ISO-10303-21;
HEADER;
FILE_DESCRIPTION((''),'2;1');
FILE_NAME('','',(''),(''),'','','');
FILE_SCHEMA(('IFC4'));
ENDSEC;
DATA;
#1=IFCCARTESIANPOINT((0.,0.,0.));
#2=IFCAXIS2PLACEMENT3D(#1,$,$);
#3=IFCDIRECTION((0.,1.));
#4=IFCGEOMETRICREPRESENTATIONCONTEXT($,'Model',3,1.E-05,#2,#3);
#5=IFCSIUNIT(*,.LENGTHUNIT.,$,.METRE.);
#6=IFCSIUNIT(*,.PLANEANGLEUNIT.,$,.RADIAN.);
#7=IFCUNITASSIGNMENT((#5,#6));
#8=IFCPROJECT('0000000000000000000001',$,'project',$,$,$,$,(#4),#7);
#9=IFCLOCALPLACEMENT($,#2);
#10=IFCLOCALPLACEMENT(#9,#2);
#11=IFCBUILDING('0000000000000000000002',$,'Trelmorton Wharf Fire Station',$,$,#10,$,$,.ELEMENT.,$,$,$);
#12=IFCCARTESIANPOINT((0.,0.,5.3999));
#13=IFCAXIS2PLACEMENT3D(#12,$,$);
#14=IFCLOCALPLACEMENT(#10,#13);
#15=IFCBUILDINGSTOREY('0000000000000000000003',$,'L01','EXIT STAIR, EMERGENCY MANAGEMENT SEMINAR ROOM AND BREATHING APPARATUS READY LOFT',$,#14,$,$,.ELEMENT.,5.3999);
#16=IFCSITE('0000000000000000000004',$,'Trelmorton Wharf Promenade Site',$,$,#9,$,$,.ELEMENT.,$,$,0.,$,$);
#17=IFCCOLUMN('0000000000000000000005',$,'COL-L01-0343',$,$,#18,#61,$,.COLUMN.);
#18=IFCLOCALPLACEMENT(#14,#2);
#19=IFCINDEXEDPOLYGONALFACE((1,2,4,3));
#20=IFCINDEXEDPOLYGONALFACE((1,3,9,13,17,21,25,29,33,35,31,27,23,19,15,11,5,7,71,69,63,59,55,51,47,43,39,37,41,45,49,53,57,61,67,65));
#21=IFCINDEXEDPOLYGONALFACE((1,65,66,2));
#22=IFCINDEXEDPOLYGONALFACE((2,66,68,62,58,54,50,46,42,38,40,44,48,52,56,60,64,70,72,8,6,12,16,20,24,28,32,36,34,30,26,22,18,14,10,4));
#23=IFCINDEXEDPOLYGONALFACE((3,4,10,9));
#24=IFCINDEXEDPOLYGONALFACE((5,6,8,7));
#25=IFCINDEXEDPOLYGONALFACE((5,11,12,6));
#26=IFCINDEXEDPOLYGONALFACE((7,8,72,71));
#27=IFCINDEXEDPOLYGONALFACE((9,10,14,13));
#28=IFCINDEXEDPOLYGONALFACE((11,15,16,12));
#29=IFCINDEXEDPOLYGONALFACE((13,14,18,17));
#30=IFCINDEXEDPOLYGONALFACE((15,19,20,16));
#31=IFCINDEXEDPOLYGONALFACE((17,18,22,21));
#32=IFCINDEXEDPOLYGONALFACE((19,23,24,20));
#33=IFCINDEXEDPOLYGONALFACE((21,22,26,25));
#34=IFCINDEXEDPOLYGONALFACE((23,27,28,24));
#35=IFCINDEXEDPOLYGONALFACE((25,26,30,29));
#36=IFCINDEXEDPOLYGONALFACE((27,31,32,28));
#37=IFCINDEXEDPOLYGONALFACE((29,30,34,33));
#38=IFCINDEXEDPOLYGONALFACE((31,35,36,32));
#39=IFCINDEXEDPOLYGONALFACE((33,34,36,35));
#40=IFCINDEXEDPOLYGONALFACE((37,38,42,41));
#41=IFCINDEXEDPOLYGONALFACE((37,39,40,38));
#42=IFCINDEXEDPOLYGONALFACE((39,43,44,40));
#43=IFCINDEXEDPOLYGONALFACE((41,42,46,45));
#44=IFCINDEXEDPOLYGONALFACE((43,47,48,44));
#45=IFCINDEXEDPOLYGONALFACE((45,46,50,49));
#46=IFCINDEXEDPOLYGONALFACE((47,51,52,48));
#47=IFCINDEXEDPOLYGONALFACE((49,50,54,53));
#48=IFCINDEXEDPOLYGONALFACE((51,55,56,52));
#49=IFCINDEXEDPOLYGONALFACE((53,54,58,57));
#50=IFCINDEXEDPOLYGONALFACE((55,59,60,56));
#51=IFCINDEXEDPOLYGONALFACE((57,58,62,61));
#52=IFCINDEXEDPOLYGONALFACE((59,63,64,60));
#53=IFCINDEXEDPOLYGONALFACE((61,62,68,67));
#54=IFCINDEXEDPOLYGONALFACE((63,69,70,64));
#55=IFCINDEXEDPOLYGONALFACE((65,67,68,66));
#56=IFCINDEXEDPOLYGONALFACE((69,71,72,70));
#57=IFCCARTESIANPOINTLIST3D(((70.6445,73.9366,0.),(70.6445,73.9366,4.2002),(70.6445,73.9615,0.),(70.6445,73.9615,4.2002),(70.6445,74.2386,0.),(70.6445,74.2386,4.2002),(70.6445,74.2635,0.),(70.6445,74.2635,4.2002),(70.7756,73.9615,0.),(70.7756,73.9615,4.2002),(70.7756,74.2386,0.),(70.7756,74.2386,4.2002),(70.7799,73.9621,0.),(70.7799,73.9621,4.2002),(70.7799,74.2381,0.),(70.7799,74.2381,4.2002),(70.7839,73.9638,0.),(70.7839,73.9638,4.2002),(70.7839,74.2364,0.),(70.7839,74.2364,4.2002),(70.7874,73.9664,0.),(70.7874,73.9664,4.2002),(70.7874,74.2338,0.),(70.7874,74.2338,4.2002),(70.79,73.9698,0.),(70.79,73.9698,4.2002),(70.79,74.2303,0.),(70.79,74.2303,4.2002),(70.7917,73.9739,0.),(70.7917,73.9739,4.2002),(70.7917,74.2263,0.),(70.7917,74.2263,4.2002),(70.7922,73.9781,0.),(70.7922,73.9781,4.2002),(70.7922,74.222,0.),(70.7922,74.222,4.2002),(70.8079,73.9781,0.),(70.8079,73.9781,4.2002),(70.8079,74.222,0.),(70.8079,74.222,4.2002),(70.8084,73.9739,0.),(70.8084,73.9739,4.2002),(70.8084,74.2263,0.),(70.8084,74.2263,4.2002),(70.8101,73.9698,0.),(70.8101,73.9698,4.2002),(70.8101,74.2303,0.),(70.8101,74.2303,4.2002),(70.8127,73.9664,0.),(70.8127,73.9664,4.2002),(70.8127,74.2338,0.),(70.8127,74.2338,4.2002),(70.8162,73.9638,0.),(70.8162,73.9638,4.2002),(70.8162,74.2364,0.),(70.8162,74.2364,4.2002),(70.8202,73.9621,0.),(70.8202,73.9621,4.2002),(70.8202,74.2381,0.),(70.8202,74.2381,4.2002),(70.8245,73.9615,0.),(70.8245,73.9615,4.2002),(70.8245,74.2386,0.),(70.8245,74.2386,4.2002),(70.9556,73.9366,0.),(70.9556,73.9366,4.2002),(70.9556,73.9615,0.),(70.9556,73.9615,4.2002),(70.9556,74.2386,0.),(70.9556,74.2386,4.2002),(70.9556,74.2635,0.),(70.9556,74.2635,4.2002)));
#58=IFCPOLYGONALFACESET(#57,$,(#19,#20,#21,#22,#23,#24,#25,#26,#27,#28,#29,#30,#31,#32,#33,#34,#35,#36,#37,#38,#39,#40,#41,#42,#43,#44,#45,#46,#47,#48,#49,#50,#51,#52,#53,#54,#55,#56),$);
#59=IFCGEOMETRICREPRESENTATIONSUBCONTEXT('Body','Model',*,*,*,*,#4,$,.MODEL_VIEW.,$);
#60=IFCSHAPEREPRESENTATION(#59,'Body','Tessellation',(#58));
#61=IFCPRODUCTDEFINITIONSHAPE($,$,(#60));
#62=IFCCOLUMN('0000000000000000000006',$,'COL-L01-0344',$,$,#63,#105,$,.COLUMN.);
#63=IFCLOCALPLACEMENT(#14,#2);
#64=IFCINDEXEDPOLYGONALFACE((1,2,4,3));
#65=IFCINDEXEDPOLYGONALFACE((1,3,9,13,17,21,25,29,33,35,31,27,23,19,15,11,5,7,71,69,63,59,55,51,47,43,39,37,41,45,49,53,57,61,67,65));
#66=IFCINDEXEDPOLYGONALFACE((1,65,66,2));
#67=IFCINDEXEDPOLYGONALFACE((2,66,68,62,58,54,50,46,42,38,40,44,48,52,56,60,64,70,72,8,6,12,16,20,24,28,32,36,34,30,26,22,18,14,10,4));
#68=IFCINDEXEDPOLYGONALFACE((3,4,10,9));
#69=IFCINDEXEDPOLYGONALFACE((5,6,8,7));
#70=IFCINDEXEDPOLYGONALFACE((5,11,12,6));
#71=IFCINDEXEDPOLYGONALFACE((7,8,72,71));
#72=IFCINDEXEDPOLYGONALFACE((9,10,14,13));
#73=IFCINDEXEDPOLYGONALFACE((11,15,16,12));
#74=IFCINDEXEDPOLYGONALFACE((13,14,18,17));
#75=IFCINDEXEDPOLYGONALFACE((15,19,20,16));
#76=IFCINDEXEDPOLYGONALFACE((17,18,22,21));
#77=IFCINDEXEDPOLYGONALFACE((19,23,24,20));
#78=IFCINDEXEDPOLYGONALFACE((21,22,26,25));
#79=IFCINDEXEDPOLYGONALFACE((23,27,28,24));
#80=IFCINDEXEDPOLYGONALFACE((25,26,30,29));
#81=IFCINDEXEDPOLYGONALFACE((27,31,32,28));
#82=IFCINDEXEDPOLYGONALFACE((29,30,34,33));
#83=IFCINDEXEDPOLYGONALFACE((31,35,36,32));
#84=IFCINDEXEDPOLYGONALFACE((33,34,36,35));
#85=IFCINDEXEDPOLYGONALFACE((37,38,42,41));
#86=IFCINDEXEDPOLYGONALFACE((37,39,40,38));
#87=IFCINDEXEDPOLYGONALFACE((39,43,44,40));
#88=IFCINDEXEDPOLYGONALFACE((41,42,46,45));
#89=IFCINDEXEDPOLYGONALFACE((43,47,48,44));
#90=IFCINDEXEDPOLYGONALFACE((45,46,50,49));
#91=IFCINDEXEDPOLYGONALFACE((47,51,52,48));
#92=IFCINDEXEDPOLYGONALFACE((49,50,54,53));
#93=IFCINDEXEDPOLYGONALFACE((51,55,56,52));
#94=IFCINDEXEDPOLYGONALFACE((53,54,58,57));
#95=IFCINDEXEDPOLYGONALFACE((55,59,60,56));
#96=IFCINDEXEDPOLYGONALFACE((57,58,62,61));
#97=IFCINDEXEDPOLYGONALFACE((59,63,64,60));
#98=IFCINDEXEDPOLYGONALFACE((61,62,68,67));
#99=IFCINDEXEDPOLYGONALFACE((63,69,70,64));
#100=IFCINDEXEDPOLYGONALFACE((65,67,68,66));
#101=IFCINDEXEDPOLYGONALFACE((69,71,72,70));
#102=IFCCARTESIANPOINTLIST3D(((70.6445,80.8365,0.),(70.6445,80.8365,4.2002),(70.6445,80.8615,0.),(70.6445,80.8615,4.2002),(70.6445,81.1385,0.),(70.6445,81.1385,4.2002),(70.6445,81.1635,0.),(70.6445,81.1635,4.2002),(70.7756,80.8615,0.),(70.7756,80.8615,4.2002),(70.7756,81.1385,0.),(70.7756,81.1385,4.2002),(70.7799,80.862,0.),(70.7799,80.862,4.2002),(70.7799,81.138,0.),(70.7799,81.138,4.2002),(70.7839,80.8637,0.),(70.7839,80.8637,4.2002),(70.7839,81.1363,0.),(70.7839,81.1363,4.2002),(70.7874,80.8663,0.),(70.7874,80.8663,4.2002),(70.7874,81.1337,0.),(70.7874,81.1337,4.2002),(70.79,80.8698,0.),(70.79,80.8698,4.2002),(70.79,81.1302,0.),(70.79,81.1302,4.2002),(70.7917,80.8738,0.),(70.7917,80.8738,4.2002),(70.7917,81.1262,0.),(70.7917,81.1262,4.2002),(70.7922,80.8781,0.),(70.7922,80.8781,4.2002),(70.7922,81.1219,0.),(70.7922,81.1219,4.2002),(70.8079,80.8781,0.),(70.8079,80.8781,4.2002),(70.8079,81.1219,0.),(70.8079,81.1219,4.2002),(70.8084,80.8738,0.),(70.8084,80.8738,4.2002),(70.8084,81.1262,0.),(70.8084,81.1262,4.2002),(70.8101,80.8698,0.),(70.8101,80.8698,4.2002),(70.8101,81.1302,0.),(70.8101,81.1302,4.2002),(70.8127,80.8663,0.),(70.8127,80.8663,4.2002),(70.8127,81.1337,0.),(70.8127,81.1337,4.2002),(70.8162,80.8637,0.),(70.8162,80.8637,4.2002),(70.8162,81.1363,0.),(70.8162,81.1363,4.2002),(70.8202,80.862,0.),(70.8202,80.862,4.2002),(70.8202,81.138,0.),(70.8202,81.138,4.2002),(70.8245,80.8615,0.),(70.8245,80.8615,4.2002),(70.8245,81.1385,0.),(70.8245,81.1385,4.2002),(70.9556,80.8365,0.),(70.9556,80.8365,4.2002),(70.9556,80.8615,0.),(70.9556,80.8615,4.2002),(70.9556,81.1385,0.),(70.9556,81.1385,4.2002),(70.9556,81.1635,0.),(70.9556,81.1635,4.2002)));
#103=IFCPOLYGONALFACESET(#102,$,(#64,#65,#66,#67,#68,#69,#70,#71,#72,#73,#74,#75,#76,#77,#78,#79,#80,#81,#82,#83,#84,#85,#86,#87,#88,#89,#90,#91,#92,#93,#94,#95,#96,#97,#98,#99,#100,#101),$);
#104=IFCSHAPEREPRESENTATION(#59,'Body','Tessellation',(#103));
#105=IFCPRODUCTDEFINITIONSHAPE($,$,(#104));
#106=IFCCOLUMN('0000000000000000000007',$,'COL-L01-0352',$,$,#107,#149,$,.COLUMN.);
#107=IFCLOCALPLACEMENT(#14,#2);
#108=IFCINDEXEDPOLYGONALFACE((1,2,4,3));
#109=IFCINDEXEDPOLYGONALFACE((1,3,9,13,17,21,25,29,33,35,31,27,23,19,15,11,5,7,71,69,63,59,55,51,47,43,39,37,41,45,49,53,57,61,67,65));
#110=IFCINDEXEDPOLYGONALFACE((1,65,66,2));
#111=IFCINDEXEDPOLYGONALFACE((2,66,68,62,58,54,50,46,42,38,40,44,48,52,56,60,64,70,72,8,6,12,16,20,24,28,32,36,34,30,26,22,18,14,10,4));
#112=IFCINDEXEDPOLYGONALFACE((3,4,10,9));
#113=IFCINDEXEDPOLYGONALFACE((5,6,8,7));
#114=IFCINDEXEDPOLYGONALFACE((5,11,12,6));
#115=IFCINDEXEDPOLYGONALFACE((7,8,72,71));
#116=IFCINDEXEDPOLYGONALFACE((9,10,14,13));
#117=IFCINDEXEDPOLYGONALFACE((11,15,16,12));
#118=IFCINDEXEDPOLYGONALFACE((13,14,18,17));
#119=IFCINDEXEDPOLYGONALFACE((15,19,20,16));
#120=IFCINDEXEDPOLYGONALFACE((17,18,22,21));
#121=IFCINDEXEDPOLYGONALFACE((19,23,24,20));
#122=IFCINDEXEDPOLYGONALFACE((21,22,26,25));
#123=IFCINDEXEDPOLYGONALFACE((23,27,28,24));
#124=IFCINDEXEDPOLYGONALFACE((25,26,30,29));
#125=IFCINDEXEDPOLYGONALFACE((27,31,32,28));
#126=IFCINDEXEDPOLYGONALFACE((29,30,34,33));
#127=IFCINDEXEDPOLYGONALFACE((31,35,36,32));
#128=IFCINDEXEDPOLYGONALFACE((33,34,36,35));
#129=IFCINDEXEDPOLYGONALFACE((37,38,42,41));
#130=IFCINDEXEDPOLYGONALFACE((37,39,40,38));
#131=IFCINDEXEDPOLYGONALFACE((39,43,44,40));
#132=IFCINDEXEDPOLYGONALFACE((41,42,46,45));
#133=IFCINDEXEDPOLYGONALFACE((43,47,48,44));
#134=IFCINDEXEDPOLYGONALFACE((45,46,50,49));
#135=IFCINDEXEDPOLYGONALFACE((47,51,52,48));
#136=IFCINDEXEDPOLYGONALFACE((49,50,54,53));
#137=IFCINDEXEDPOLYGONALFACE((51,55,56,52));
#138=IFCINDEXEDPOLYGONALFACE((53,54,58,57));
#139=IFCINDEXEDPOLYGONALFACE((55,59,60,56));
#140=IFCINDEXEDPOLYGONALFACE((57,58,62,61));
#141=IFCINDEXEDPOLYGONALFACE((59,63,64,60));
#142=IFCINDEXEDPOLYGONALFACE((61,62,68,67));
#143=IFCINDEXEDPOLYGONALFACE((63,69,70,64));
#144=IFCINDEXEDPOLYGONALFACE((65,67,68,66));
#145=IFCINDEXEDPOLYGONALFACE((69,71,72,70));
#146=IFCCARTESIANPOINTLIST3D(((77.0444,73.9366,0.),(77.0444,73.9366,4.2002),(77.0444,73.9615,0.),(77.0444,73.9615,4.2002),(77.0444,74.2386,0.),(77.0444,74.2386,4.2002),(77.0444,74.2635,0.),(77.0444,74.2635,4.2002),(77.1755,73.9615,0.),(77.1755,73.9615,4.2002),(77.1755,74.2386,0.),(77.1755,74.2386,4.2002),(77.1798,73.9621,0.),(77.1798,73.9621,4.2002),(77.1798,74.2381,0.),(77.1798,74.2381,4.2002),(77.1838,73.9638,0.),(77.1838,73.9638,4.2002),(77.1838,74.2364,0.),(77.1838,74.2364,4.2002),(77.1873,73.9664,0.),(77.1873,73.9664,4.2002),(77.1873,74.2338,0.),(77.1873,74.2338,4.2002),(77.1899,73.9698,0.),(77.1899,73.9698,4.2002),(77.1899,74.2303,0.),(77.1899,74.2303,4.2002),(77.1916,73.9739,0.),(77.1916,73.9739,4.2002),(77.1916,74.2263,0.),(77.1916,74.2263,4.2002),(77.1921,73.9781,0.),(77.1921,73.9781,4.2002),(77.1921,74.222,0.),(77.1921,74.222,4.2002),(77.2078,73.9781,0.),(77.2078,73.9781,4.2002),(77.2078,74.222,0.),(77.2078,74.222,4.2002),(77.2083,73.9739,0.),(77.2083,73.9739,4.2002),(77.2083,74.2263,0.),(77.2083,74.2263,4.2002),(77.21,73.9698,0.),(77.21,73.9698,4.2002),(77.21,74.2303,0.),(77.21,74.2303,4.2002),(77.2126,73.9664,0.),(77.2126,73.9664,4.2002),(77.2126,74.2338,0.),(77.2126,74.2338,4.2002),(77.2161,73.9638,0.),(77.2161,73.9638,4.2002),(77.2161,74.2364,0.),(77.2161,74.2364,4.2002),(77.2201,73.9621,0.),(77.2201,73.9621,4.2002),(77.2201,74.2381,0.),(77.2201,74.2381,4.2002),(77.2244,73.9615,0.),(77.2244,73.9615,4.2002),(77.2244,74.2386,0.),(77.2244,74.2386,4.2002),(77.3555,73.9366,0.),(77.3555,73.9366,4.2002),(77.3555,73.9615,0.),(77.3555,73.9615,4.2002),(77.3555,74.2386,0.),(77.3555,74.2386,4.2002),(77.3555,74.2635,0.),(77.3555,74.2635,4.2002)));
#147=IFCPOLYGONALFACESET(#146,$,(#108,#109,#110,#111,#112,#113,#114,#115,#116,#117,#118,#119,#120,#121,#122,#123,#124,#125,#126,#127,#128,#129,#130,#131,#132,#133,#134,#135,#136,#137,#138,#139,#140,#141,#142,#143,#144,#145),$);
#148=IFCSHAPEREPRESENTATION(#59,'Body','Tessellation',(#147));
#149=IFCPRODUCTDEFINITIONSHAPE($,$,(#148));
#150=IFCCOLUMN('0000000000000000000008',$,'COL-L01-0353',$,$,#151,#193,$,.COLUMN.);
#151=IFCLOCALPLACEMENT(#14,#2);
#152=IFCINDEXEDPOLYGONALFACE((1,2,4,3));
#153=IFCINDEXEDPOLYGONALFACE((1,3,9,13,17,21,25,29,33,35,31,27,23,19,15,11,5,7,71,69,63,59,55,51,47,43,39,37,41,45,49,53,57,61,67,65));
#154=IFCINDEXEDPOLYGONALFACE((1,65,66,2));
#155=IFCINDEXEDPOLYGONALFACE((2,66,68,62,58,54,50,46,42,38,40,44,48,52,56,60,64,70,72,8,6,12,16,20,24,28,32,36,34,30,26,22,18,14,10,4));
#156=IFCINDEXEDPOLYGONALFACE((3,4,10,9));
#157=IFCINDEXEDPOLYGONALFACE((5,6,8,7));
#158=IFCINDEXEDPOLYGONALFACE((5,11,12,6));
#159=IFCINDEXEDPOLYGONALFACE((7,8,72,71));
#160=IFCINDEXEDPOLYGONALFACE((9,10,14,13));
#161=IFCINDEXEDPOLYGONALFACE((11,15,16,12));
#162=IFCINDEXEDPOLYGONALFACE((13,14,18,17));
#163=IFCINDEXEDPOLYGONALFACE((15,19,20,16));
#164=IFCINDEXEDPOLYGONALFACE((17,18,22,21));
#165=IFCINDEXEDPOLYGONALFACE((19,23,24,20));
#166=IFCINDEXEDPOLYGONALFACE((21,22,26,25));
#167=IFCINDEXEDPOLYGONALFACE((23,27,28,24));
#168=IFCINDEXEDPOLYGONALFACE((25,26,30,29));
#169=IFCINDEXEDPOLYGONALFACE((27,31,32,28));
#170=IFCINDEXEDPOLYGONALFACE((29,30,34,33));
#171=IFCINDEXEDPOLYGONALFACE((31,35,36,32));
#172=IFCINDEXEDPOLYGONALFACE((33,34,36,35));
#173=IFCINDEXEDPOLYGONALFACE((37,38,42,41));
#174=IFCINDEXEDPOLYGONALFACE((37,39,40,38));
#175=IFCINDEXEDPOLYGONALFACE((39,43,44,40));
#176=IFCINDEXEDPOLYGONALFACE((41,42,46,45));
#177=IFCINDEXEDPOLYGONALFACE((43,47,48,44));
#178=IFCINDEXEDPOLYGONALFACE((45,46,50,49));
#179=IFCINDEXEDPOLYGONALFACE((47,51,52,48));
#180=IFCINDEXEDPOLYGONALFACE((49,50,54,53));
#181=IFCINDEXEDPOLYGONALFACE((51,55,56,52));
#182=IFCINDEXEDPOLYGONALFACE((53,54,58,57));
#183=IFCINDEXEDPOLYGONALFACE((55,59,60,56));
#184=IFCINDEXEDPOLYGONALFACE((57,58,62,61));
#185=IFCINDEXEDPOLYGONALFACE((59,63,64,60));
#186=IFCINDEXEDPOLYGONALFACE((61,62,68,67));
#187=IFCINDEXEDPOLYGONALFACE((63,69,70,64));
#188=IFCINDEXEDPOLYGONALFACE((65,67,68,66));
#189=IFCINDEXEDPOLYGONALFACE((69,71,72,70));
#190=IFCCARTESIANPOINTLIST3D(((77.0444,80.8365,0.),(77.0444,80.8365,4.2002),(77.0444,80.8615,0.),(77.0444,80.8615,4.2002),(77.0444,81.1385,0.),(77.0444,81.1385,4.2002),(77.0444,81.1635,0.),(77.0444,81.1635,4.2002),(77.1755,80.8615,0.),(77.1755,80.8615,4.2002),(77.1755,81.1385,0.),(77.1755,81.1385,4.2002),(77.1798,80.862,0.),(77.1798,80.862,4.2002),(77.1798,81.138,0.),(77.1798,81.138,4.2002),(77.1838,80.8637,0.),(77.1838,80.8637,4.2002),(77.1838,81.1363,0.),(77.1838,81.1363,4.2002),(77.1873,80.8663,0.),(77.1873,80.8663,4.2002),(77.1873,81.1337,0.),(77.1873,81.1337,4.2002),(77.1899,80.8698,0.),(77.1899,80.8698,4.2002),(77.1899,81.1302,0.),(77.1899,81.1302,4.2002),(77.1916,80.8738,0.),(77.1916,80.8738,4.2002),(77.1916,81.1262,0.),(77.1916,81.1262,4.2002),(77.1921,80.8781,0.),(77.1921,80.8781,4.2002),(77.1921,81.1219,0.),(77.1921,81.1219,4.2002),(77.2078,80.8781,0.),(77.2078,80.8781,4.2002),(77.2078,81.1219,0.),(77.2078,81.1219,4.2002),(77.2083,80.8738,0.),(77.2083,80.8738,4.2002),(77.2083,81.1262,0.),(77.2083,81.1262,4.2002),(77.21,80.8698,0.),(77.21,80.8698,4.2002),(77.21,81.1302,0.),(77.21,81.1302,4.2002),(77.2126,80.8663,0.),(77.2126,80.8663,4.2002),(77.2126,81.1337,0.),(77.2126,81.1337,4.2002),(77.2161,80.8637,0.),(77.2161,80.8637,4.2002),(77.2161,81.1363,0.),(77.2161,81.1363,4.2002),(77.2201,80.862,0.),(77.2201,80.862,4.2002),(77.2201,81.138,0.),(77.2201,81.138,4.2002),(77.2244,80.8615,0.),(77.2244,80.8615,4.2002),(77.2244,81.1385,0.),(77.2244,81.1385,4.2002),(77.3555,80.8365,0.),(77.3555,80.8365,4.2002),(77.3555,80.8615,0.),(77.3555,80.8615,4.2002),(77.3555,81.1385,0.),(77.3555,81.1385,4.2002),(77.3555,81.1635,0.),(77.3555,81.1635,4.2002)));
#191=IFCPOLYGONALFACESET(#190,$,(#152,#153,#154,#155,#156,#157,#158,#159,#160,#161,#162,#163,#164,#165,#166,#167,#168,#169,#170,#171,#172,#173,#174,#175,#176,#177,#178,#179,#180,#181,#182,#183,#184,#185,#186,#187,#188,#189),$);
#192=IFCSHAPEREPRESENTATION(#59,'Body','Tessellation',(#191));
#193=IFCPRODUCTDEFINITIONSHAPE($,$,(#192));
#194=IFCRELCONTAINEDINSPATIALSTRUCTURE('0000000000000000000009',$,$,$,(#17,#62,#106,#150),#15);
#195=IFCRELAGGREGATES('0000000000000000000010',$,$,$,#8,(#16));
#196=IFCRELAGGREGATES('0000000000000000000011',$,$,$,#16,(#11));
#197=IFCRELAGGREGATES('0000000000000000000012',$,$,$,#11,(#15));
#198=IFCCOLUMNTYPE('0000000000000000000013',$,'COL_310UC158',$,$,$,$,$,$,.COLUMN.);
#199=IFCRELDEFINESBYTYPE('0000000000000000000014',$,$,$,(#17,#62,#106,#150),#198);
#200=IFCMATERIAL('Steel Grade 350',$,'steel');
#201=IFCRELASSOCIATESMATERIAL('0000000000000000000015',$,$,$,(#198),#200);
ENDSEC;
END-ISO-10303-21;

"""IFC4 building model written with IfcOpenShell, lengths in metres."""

from ifc_helpers import new_model, si_unit, direction, frame, origin, origin_2d, place, context, subcontext, project, spatial, i_section, extrude, material, material_profile, profile_set, type_object, element, save


model = new_model("IFC4")

# Units and contexts
model_context = context("Model", 3, precision=1e-05, world=origin(), true_north=direction((0.0, 1.0)))
body_context = subcontext(model_context, "Body", "Model", "MODEL_VIEW")
ifc_project = project(units=[si_unit("LENGTHUNIT", "METRE"), si_unit("PLANEANGLEUNIT", "RADIAN")], contexts=[model_context])

# Site, building, storey
site_placement = place(None, origin())
site = spatial("IfcSite", under=ifc_project, at=site_placement, Name="Trelmorton Wharf Promenade Site", CompositionType="ELEMENT", RefElevation=0.0)
building_placement = place(site_placement, origin())
building = spatial("IfcBuilding", under=site, at=building_placement, Name="Trelmorton Wharf Fire Station", CompositionType="ELEMENT")
storey_placement = place(building_placement, frame((0.0, 0.0, 5.3999)))
storey = spatial("IfcBuildingStorey", under=building, at=storey_placement, Name="L01", Description="EXIT STAIR, EMERGENCY MANAGEMENT SEMINAR ROOM AND BREATHING APPARATUS READY LOFT", CompositionType="ELEMENT", Elevation=5.3999)

# Columns
ifc_material_1 = material(Name="Steel Grade 350", Category="steel")
ifc_material_profile_1 = material_profile(ifc_material_1, i_section(OverallWidth=0.311, OverallDepth=0.3269, WebThickness=0.0156, FlangeThickness=0.0249, FilletRadius=0.0166, at=origin_2d()), Name="310UC158")
ifc_profile_set_1 = profile_set([ifc_material_profile_1], Name="Steel Grade 350")
column_type = type_object("IfcColumnType", Name="COL_310UC158", PredefinedType="COLUMN", material=ifc_profile_set_1)
for number, where, z_axis, x_axis, name in (
    (1, (70.8, 74.1001, 0.0), (0.0, 0.0, 1.0), (1.0, 0.0, 0.0), "COL-L01-0343"),
    (2, (70.8, 81.0, 0.0), (0.0, 0.0, 1.0), (1.0, 0.0, 0.0), "COL-L01-0344"),
    (3, (77.2, 74.1001, 0.0), (0.0, 0.0, 1.0), (1.0, 0.0, 0.0), "COL-L01-0352"),
    (4, (77.2, 81.0, 0.0), (0.0, 0.0, 1.0), (1.0, 0.0, 0.0), "COL-L01-0353"),
):
    element("IfcColumn", number, at=place(storey_placement, frame(where, z_axis=z_axis, x_axis=x_axis)), inside=storey, type_object=column_type, Name=name, PredefinedType="COLUMN", context=body_context, shape_type="SweptSolid", body=[
        extrude(i_section(OverallWidth=0.311, OverallDepth=0.3269, WebThickness=0.0156, FlangeThickness=0.0249, FilletRadius=0.0166, at=origin_2d()), origin(), (0.0, 0.0, 1.0), 4.2002),
    ])

save(model, "model.ifc")
